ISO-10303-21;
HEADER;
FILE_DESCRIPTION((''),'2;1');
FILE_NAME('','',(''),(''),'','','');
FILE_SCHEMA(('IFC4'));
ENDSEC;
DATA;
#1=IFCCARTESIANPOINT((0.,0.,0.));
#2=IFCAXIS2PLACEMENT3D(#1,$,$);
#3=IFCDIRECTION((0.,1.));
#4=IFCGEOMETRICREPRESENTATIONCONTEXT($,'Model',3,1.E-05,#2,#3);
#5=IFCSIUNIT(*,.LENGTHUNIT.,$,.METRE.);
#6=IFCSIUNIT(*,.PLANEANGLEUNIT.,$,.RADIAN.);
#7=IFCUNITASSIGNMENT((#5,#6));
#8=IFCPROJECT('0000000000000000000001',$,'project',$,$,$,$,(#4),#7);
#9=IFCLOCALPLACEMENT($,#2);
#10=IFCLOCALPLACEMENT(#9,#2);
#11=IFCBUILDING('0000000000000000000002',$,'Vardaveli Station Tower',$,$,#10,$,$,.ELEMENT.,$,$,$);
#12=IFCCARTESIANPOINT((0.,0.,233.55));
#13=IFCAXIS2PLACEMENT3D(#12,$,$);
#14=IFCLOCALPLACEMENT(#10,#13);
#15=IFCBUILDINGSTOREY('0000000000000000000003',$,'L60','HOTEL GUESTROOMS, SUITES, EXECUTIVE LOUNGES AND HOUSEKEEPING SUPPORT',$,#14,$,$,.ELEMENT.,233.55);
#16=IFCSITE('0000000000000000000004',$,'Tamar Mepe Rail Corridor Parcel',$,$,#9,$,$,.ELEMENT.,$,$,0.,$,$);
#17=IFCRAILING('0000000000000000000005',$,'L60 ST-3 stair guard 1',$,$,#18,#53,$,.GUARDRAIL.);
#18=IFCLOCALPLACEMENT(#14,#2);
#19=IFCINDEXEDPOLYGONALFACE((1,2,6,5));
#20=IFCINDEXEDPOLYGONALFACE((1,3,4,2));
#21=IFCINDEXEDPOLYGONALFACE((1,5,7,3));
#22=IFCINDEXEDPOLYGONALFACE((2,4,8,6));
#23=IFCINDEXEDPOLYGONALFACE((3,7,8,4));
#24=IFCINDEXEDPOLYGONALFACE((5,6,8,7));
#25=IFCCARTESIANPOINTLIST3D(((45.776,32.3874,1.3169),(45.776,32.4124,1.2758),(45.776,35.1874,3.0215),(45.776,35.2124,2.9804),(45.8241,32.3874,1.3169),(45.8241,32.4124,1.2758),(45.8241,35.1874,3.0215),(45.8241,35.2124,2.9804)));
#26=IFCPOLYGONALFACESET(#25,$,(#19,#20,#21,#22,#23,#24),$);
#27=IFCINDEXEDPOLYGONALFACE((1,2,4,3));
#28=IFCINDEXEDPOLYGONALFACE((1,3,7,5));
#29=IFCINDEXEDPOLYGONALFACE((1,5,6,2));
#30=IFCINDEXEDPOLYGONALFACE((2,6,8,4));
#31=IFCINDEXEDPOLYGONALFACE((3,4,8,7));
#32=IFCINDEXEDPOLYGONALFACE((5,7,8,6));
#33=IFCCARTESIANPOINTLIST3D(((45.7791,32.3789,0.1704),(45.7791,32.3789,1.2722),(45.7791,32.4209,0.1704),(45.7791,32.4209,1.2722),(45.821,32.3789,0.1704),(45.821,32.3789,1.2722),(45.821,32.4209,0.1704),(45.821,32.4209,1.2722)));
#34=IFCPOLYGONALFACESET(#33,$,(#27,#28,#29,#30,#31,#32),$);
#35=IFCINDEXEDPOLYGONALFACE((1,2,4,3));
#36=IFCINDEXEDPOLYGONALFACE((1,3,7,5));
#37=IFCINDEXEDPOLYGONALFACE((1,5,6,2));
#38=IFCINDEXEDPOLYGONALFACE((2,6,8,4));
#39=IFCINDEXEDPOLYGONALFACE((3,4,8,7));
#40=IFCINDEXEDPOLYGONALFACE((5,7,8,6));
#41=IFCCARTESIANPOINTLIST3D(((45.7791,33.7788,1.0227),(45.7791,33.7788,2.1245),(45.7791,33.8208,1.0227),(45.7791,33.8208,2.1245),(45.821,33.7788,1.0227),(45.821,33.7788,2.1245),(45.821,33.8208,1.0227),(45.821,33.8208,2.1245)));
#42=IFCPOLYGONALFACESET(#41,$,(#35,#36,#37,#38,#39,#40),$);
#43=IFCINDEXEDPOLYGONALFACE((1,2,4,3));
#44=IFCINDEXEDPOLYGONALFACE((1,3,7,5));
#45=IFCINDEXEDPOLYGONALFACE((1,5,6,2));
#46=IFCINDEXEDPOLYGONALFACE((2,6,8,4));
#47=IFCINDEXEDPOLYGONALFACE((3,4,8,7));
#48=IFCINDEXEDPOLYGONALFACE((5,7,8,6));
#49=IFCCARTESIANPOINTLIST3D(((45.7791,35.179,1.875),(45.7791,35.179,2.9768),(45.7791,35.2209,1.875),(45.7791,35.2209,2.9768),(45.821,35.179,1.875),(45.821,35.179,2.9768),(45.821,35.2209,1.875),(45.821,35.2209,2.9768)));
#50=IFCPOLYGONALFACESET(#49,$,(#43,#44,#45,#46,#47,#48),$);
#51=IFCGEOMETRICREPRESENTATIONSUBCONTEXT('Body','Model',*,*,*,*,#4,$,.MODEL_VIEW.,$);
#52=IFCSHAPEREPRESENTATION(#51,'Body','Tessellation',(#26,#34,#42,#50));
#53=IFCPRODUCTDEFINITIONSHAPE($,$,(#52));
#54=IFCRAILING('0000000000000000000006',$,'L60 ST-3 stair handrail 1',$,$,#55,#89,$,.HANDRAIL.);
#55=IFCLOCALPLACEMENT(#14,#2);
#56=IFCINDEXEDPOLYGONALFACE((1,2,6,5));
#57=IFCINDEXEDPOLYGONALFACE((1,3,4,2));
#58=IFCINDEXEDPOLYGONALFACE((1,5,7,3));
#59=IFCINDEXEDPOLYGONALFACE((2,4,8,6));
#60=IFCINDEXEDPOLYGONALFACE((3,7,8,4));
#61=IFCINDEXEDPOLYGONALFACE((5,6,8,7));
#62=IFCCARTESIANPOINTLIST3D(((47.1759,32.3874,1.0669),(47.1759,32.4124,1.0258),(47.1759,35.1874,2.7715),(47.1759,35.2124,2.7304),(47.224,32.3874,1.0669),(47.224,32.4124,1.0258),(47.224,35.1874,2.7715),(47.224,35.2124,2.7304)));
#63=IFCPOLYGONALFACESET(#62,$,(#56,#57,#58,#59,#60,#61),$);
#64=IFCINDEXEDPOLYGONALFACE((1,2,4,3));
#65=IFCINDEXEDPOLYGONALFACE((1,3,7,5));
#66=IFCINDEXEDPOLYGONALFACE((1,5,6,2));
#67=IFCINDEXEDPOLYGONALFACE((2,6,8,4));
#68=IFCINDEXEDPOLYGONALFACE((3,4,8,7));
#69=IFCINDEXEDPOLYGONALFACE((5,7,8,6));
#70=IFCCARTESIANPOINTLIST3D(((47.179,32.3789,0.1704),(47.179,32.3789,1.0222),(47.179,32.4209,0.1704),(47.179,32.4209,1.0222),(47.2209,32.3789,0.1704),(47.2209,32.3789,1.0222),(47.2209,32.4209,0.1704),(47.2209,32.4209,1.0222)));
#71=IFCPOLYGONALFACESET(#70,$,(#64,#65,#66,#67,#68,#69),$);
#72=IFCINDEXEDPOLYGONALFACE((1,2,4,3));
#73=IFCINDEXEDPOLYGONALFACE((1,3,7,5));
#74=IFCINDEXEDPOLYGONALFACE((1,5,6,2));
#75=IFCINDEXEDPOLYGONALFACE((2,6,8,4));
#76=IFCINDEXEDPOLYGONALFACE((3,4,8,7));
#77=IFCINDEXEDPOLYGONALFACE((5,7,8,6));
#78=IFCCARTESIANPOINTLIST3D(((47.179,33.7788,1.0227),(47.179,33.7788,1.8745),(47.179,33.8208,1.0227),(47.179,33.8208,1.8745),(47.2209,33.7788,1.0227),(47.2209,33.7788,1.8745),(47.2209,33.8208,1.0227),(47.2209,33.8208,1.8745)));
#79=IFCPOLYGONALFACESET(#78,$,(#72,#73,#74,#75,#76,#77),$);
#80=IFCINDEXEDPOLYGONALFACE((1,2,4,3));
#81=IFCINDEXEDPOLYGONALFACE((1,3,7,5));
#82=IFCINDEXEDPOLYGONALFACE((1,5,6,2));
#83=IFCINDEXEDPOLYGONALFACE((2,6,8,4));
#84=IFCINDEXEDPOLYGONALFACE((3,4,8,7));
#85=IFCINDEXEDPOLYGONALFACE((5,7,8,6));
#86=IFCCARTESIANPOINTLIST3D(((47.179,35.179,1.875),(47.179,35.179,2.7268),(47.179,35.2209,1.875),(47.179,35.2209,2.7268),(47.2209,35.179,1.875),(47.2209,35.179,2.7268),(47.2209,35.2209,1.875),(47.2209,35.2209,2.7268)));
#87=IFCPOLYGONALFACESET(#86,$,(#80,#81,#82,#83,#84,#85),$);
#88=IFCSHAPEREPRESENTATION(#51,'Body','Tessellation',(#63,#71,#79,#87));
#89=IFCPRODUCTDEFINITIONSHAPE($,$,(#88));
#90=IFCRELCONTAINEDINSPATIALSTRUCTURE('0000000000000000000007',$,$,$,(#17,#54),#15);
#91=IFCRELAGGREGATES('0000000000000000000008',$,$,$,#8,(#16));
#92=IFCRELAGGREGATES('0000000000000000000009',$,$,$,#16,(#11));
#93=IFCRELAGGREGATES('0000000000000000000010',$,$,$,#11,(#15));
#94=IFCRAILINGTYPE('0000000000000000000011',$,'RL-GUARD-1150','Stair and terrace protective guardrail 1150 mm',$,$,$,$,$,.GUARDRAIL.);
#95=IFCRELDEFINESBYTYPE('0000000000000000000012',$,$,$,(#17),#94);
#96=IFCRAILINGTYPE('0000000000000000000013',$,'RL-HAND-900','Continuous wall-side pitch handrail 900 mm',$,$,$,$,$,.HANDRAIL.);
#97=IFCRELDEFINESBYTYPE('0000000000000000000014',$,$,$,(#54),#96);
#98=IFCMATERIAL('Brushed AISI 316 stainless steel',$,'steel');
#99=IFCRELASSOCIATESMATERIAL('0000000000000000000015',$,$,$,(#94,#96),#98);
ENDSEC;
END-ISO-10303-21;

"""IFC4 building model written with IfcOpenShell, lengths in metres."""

from ifc_helpers import new_model, si_unit, direction, frame, origin, origin_2d, place, context, subcontext, project, spatial, rectangle, extrude, source, transform, mapped, material, type_object, element, save


model = new_model("IFC4")

# Units and contexts
model_context = context("Model", 3, precision=1e-05, world=origin(), true_north=direction((0.0, 1.0)))
body_context = subcontext(model_context, "Body", "Model", "MODEL_VIEW")
ifc_project = project(units=[si_unit("LENGTHUNIT", "METRE"), si_unit("PLANEANGLEUNIT", "RADIAN")], contexts=[model_context])

# Site, building, storey
site_placement = place(None, origin())
site = spatial("IfcSite", under=ifc_project, at=site_placement, Name="Tamar Mepe Rail Corridor Parcel", CompositionType="ELEMENT", RefElevation=0.0)
building_placement = place(site_placement, origin())
building = spatial("IfcBuilding", under=site, at=building_placement, Name="Vardaveli Station Tower", CompositionType="ELEMENT")
storey_placement = place(building_placement, frame((0.0, 0.0, 233.55)))
storey = spatial("IfcBuildingStorey", under=building, at=storey_placement, Name="L60", Description="HOTEL GUESTROOMS, SUITES, EXECUTIVE LOUNGES AND HOUSEKEEPING SUPPORT", CompositionType="ELEMENT", Elevation=233.55)

# Railings
ifc_material_1 = material(Name="Brushed AISI 316 stainless steel", Category="steel")
railing_type_1 = type_object("IfcRailingType", Name="RL-GUARD-1150", Description="Stair and terrace protective guardrail 1150 mm", PredefinedType="GUARDRAIL", material=ifc_material_1)
shared_shape_1 = source(origin(), body_context, "Body", "SweptSolid", [
    extrude(rectangle(XDim=0.0481, YDim=0.0481, at=origin_2d()), frame((0.0, 0.0, 1.126), z_axis=(0.0, 0.85417, 0.519994), x_axis=(-1.0, 0.0, 0.0)), (0.0, 0.0, 1.0), 3.2781),
    extrude(rectangle(XDim=0.042, YDim=0.042, at=origin_2d()), origin(), (0.0, 0.0, 1.0), 1.1018),
    extrude(rectangle(XDim=0.042, YDim=0.042, at=origin_2d()), frame((0.0, 1.3999, 0.8523)), (0.0, 0.0, 1.0), 1.1018),
    extrude(rectangle(XDim=0.042, YDim=0.042, at=origin_2d()), frame((0.0, 2.8, 1.7046)), (0.0, 0.0, 1.0), 1.1018),
])
railing_1_placement = place(storey_placement, frame((45.8, 32.3999, 0.1704)))
element("IfcRailing", 1, at=railing_1_placement, inside=storey, type_object=railing_type_1, Name="L60 ST-3 stair guard 1", PredefinedType="GUARDRAIL", context=body_context, shape_type="MappedRepresentation", body=[
    mapped(shared_shape_1, transform((0.0, 0.0, 0.0), scale=1.0)),
])
railing_type_2 = type_object("IfcRailingType", Name="RL-HAND-900", Description="Continuous wall-side pitch handrail 900 mm", PredefinedType="HANDRAIL", material=ifc_material_1)
shared_shape_2 = source(origin(), body_context, "Body", "SweptSolid", [
    extrude(rectangle(XDim=0.0481, YDim=0.0481, at=origin_2d()), frame((0.0, 0.0, 0.876), z_axis=(0.0, 0.85417, 0.519994), x_axis=(-1.0, 0.0, 0.0)), (0.0, 0.0, 1.0), 3.2781),
    extrude(rectangle(XDim=0.042, YDim=0.042, at=origin_2d()), origin(), (0.0, 0.0, 1.0), 0.8518),
    extrude(rectangle(XDim=0.042, YDim=0.042, at=origin_2d()), frame((0.0, 1.3999, 0.8523)), (0.0, 0.0, 1.0), 0.8518),
    extrude(rectangle(XDim=0.042, YDim=0.042, at=origin_2d()), frame((0.0, 2.8, 1.7046)), (0.0, 0.0, 1.0), 0.8518),
])
railing_2_placement = place(storey_placement, frame((47.2, 32.3999, 0.1704)))
element("IfcRailing", 2, at=railing_2_placement, inside=storey, type_object=railing_type_2, Name="L60 ST-3 stair handrail 1", PredefinedType="HANDRAIL", context=body_context, shape_type="MappedRepresentation", body=[
    mapped(shared_shape_2, transform((0.0, 0.0, 0.0), scale=1.0)),
])

save(model, "model.ifc")
